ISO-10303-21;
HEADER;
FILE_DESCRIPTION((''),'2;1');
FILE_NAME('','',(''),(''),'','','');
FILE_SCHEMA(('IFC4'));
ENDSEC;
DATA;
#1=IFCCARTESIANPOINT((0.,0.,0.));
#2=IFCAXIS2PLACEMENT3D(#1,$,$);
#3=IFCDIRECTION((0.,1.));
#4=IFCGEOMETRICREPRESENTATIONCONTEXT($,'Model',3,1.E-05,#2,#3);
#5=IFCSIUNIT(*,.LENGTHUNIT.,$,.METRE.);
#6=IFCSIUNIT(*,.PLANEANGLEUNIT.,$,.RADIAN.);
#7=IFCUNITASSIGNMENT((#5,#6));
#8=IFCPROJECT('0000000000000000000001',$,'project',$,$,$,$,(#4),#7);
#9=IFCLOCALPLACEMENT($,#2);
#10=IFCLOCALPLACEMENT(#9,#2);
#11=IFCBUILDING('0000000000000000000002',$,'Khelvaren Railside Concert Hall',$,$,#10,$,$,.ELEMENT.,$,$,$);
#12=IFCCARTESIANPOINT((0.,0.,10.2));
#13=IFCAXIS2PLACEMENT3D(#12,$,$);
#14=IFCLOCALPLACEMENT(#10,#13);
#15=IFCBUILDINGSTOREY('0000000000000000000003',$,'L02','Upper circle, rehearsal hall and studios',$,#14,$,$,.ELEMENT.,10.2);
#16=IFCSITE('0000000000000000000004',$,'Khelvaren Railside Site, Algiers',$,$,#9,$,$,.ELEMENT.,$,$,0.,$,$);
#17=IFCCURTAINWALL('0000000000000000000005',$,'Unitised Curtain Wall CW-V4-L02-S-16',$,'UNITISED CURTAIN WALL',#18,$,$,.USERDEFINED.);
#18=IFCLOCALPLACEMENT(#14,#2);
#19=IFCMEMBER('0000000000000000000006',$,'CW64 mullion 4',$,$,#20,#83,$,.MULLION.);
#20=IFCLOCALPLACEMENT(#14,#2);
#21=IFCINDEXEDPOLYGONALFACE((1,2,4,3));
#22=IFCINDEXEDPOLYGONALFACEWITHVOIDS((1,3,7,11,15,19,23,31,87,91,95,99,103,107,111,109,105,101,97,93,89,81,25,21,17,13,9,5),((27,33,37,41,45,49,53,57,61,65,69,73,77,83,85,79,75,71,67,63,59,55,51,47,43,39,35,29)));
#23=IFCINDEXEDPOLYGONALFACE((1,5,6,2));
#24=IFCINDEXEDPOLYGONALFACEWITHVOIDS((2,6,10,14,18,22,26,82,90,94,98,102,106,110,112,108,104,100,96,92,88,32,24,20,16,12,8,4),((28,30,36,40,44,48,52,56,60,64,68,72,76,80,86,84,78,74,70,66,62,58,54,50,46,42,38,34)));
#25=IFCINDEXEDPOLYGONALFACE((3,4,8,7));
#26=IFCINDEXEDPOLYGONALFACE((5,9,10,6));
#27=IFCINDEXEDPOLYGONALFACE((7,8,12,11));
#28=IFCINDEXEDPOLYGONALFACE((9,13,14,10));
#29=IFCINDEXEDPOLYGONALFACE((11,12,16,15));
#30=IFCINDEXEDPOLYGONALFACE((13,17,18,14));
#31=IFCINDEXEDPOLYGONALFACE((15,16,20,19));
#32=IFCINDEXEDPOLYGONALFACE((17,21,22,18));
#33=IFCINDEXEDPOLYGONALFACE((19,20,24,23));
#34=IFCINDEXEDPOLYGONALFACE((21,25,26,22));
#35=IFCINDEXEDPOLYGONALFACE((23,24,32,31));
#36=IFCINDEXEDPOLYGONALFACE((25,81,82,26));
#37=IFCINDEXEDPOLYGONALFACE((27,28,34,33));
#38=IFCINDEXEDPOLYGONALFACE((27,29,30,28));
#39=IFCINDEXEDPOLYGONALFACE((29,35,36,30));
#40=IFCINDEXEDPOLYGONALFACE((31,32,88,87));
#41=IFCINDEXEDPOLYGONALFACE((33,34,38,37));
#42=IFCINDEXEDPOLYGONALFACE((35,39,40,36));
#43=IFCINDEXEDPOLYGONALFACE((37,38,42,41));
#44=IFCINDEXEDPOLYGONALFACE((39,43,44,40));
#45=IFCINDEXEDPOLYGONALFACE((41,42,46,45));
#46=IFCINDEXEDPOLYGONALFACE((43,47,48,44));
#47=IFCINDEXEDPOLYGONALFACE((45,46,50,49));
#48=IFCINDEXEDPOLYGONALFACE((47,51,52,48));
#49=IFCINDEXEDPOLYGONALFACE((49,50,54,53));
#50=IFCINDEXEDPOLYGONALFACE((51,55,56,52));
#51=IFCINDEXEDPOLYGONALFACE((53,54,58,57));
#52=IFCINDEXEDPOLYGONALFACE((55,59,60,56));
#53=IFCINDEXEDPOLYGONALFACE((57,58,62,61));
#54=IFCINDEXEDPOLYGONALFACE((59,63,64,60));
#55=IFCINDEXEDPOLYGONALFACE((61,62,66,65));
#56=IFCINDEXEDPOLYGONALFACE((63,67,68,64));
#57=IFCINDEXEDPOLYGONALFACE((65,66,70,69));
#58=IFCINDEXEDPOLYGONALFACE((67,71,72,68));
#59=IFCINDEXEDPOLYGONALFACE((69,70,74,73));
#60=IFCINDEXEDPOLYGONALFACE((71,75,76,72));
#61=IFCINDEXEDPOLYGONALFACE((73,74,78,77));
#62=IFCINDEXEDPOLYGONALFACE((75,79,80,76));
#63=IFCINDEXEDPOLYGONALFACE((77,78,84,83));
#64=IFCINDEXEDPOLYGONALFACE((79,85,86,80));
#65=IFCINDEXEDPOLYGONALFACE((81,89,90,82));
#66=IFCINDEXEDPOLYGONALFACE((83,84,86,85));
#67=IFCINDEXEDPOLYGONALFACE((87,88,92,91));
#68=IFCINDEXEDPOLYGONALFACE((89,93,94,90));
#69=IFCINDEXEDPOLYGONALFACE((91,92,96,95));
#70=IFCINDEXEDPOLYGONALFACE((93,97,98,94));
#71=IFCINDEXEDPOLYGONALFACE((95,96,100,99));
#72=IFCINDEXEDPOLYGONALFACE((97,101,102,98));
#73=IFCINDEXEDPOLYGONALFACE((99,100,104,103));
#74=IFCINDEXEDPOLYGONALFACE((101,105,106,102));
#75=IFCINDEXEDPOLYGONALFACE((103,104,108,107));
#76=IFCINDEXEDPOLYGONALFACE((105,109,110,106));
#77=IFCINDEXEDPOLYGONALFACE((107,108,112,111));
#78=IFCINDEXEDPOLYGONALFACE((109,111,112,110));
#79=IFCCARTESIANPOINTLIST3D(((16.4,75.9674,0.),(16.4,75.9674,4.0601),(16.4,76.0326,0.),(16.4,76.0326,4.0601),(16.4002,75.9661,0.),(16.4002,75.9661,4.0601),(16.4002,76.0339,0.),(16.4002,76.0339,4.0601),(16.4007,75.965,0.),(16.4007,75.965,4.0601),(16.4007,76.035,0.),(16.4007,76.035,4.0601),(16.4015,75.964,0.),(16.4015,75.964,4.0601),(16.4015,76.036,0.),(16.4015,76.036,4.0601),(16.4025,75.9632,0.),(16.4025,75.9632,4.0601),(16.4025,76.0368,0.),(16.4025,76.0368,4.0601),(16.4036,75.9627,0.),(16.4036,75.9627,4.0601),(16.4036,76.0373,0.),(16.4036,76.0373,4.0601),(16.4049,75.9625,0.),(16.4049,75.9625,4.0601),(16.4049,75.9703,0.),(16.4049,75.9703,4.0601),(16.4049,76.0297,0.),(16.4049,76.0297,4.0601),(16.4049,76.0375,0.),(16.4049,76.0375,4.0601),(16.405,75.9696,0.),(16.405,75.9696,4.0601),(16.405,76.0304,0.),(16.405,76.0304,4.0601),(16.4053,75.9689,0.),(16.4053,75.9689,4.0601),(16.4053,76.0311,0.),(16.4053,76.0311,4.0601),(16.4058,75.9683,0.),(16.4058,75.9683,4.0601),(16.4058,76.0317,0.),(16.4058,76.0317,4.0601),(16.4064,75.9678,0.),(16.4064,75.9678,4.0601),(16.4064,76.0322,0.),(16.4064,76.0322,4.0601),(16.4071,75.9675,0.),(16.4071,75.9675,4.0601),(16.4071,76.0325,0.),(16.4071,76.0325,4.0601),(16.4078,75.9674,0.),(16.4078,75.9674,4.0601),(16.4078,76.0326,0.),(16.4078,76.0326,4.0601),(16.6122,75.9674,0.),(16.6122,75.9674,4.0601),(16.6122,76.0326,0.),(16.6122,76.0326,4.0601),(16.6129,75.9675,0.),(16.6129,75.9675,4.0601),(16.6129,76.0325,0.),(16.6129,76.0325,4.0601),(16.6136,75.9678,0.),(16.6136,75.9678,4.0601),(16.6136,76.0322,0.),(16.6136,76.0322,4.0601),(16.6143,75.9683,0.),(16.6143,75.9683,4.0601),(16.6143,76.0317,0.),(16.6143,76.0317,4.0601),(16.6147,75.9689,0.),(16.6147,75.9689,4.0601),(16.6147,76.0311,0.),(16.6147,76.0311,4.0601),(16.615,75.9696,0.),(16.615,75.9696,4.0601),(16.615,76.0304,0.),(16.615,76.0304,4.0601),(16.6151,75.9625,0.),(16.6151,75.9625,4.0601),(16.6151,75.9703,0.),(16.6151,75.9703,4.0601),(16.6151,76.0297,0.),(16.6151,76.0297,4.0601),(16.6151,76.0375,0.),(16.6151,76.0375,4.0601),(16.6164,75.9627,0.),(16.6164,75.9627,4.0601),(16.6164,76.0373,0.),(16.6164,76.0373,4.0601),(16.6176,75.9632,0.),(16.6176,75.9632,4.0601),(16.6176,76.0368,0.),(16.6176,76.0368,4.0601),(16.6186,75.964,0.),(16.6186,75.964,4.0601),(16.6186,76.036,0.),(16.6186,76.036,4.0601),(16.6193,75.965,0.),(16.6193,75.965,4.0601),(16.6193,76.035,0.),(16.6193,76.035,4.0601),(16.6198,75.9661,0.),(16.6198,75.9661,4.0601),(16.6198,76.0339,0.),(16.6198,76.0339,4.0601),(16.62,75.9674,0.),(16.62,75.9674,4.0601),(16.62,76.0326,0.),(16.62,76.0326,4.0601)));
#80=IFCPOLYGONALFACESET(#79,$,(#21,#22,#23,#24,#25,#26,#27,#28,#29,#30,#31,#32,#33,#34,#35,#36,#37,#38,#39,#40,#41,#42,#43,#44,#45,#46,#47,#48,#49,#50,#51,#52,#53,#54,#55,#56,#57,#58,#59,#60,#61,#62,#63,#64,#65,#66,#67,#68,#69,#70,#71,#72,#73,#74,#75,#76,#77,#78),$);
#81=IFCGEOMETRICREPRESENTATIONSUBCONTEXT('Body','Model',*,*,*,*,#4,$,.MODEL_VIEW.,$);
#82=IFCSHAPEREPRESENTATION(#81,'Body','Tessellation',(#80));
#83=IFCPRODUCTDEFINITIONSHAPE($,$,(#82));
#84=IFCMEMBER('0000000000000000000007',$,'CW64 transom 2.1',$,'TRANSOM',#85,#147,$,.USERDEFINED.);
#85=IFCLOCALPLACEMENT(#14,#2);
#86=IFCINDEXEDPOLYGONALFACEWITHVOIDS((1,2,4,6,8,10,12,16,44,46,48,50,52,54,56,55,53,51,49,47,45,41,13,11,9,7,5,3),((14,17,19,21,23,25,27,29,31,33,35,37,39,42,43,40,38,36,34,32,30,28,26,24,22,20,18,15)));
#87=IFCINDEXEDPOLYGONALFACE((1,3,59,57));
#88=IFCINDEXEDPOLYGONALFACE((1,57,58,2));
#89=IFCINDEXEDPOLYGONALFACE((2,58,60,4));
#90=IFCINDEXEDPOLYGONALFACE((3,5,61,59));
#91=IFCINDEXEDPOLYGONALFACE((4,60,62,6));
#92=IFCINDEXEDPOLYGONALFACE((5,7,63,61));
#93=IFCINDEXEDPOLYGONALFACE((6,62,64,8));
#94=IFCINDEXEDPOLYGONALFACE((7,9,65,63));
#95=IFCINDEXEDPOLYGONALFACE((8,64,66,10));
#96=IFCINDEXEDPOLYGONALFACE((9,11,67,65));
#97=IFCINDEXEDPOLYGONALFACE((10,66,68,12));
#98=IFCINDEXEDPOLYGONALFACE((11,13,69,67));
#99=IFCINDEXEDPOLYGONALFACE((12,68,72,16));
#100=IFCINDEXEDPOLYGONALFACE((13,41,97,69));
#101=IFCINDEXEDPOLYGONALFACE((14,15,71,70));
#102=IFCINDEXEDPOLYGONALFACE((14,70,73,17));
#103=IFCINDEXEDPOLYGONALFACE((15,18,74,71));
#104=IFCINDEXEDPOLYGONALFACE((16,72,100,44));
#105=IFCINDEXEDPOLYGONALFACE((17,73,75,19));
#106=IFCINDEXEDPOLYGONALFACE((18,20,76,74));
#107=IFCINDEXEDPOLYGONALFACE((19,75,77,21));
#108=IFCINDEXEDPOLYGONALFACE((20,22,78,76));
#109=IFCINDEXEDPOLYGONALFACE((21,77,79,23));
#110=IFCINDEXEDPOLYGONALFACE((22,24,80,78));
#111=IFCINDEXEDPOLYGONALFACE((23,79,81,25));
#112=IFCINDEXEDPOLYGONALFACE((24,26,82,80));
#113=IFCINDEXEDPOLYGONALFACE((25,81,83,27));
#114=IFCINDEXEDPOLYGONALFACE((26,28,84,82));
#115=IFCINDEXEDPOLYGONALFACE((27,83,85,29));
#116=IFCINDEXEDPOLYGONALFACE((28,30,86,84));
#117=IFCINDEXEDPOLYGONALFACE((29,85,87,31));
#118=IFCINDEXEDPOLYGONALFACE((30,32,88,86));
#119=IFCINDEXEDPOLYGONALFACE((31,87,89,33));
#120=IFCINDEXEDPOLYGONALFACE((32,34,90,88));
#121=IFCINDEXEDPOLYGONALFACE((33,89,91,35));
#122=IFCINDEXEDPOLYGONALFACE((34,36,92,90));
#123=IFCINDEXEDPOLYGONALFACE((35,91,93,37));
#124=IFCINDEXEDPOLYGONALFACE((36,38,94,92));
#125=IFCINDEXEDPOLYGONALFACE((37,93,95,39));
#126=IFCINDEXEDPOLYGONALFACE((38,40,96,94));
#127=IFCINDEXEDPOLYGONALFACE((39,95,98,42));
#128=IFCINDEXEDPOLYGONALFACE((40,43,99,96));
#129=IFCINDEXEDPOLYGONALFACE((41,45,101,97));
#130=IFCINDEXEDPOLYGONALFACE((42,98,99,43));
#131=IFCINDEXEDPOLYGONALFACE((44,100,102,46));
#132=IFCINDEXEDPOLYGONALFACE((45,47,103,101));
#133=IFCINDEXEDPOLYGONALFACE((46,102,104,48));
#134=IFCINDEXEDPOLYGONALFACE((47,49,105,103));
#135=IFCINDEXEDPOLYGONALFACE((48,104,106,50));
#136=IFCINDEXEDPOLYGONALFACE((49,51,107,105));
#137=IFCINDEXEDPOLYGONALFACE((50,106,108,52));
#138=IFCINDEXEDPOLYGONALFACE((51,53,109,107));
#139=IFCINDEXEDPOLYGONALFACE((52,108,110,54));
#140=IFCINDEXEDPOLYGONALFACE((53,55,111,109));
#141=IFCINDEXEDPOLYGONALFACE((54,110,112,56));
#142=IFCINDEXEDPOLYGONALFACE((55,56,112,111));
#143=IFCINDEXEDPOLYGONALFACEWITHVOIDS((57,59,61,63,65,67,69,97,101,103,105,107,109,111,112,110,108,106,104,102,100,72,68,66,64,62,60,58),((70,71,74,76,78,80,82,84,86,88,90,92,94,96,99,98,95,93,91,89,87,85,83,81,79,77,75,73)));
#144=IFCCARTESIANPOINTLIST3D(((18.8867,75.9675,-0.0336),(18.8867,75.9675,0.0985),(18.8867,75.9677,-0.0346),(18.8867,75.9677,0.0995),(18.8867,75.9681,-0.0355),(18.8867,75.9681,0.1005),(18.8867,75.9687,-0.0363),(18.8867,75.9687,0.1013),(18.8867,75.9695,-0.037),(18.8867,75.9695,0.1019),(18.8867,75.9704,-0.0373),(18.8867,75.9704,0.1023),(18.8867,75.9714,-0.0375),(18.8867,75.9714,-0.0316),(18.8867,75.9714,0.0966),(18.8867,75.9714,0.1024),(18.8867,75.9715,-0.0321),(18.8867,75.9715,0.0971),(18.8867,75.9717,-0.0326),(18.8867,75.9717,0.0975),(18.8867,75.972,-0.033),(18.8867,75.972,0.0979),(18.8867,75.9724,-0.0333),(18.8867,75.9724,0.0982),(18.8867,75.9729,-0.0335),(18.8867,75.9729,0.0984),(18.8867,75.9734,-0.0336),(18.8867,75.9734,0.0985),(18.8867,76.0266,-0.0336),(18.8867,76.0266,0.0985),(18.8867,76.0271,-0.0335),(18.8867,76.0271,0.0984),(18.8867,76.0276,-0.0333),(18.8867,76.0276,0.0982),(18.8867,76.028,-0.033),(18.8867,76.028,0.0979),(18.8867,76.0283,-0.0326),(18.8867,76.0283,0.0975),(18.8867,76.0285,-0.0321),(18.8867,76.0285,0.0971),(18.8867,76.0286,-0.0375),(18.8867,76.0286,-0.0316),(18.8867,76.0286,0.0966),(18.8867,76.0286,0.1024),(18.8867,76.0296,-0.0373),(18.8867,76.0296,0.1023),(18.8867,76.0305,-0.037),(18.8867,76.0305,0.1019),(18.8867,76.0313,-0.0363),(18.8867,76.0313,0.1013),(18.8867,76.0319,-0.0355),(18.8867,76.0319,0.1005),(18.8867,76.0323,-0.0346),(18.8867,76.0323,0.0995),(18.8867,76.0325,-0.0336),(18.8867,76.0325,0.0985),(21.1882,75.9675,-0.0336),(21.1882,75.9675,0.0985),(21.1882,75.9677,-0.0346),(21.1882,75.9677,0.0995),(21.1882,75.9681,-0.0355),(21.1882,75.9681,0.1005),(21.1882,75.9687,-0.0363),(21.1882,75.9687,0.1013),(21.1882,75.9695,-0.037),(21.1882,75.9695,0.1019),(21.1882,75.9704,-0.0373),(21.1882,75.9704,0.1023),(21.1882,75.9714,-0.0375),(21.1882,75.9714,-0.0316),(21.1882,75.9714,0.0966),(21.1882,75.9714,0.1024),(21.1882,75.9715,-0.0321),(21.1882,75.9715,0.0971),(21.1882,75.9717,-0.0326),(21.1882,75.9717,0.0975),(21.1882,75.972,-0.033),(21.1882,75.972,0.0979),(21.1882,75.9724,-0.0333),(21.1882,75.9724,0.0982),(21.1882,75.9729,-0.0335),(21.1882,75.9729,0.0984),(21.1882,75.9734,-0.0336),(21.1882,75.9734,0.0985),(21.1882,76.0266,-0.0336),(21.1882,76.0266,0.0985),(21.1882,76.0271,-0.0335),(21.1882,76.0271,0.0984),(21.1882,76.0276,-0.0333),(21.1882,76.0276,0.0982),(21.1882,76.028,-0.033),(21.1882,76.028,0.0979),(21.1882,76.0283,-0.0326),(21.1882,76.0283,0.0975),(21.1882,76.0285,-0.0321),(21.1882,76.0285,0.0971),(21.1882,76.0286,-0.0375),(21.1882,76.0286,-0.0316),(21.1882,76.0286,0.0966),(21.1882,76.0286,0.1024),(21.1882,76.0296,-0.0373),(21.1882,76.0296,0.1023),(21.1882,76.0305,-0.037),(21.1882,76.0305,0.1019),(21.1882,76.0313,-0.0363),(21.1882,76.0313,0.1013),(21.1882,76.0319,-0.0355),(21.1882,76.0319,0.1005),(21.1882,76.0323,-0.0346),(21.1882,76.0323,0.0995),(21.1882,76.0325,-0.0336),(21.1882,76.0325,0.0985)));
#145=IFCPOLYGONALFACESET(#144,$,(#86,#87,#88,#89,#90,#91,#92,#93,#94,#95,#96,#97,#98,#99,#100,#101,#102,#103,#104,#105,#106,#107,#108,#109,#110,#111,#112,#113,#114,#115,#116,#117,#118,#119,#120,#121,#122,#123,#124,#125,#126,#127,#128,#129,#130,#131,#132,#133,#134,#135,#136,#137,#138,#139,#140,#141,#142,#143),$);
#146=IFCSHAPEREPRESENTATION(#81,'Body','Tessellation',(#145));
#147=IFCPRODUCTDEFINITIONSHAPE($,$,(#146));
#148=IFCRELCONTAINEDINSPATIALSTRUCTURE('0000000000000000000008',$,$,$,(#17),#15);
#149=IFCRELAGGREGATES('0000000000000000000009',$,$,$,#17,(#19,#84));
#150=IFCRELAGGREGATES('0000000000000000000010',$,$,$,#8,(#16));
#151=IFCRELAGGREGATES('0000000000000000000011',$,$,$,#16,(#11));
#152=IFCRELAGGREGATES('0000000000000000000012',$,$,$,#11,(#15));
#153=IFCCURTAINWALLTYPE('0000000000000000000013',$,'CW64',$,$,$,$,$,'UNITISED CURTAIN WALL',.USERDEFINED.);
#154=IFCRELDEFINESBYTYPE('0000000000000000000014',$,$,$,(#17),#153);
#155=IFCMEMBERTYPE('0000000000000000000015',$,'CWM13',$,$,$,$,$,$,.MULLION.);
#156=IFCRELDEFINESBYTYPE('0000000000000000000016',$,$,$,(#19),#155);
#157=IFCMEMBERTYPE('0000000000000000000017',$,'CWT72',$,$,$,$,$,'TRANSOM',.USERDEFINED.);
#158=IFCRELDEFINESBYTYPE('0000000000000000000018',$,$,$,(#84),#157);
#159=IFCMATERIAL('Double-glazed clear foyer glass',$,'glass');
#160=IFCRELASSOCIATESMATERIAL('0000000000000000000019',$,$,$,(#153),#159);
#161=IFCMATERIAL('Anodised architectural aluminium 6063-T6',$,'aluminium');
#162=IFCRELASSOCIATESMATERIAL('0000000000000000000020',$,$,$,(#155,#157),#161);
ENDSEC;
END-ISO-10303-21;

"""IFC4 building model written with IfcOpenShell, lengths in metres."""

from ifc_helpers import new_model, si_unit, direction, frame, origin, origin_2d, place, context, subcontext, project, spatial, hollow_rectangle, extrude, material, material_profile, profile_set, type_object, element, aggregate, save


model = new_model("IFC4")

# Units and contexts
model_context = context("Model", 3, precision=1e-05, world=origin(), true_north=direction((0.0, 1.0)))
body_context = subcontext(model_context, "Body", "Model", "MODEL_VIEW")
ifc_project = project(units=[si_unit("LENGTHUNIT", "METRE"), si_unit("PLANEANGLEUNIT", "RADIAN")], contexts=[model_context])

# Site, building, storey
site_placement = place(None, origin())
site = spatial("IfcSite", under=ifc_project, at=site_placement, Name="Khelvaren Railside Site, Algiers", CompositionType="ELEMENT", RefElevation=0.0)
building_placement = place(site_placement, origin())
building = spatial("IfcBuilding", under=site, at=building_placement, Name="Khelvaren Railside Concert Hall", CompositionType="ELEMENT")
storey_placement = place(building_placement, frame((0.0, 0.0, 10.2)))
storey = spatial("IfcBuildingStorey", under=building, at=storey_placement, Name="L02", Description="Upper circle, rehearsal hall and studios", CompositionType="ELEMENT", Elevation=10.2)

# Curtain wall, members
ifc_material_1 = material(Name="Double-glazed clear foyer glass", Category="glass")
curtain_wall_type = type_object("IfcCurtainWallType", Name="CW64", ElementType="UNITISED CURTAIN WALL", PredefinedType="USERDEFINED", material=ifc_material_1)
curtain_wall_placement = place(storey_placement, origin())
curtain_wall = element("IfcCurtainWall", 1, at=curtain_wall_placement, inside=storey, type_object=curtain_wall_type, Name="Unitised Curtain Wall CW-V4-L02-S-16", ObjectType="UNITISED CURTAIN WALL", PredefinedType="USERDEFINED")
ifc_material_2 = material(Name="Anodised architectural aluminium 6063-T6", Category="aluminium")
ifc_material_profile_1 = material_profile(ifc_material_2, hollow_rectangle(XDim=0.075, YDim=0.22, WallThickness=0.0049, InnerFilletRadius=0.0029, OuterFilletRadius=0.0049, at=origin_2d()), Name="CWM 75x220x5")
ifc_profile_set_1 = profile_set([ifc_material_profile_1], Name="Anodised architectural aluminium 6063-T6")
member_type_1 = type_object("IfcMemberType", Name="CWM13", PredefinedType="MULLION", material=ifc_profile_set_1)
member_1_placement = place(storey_placement, frame((16.51, 76.0, 0.0), z_axis=(0.0, 0.0, 1.0), x_axis=(0.0, -1.0, 0.0)))
member_1 = element("IfcMember", 2, at=member_1_placement, type_object=member_type_1, Name="CW64 mullion 4", PredefinedType="MULLION", context=body_context, shape_type="SweptSolid", body=[
    extrude(hollow_rectangle(XDim=0.075, YDim=0.22, WallThickness=0.0049, InnerFilletRadius=0.0029, OuterFilletRadius=0.0049, at=origin_2d()), origin(), (0.0, 0.0, 1.0), 4.0601),
])
ifc_material_profile_2 = material_profile(ifc_material_2, hollow_rectangle(XDim=0.0649, YDim=0.1399, WallThickness=0.0039, InnerFilletRadius=0.002, OuterFilletRadius=0.0039, at=origin_2d()), Name="CWT 65x140x4")
ifc_profile_set_2 = profile_set([ifc_material_profile_2], Name="Anodised architectural aluminium 6063-T6")
member_type_2 = type_object("IfcMemberType", Name="CWT72", ElementType="TRANSOM", PredefinedType="USERDEFINED", material=ifc_profile_set_2)
member_2_placement = place(storey_placement, frame((21.1882, 76.0, 0.0325), z_axis=(-1.0, 0.0, 0.0), x_axis=(0.0, -1.0, 0.0)))
member_2 = element("IfcMember", 3, at=member_2_placement, type_object=member_type_2, Name="CW64 transom 2.1", ObjectType="TRANSOM", PredefinedType="USERDEFINED", context=body_context, shape_type="SweptSolid", body=[
    extrude(hollow_rectangle(XDim=0.0649, YDim=0.1399, WallThickness=0.0039, InnerFilletRadius=0.002, OuterFilletRadius=0.0039, at=origin_2d()), origin(), (0.0, 0.0, 1.0), 2.3015),
])

aggregate(curtain_wall, [member_1, member_2])

save(model, "model.ifc")
